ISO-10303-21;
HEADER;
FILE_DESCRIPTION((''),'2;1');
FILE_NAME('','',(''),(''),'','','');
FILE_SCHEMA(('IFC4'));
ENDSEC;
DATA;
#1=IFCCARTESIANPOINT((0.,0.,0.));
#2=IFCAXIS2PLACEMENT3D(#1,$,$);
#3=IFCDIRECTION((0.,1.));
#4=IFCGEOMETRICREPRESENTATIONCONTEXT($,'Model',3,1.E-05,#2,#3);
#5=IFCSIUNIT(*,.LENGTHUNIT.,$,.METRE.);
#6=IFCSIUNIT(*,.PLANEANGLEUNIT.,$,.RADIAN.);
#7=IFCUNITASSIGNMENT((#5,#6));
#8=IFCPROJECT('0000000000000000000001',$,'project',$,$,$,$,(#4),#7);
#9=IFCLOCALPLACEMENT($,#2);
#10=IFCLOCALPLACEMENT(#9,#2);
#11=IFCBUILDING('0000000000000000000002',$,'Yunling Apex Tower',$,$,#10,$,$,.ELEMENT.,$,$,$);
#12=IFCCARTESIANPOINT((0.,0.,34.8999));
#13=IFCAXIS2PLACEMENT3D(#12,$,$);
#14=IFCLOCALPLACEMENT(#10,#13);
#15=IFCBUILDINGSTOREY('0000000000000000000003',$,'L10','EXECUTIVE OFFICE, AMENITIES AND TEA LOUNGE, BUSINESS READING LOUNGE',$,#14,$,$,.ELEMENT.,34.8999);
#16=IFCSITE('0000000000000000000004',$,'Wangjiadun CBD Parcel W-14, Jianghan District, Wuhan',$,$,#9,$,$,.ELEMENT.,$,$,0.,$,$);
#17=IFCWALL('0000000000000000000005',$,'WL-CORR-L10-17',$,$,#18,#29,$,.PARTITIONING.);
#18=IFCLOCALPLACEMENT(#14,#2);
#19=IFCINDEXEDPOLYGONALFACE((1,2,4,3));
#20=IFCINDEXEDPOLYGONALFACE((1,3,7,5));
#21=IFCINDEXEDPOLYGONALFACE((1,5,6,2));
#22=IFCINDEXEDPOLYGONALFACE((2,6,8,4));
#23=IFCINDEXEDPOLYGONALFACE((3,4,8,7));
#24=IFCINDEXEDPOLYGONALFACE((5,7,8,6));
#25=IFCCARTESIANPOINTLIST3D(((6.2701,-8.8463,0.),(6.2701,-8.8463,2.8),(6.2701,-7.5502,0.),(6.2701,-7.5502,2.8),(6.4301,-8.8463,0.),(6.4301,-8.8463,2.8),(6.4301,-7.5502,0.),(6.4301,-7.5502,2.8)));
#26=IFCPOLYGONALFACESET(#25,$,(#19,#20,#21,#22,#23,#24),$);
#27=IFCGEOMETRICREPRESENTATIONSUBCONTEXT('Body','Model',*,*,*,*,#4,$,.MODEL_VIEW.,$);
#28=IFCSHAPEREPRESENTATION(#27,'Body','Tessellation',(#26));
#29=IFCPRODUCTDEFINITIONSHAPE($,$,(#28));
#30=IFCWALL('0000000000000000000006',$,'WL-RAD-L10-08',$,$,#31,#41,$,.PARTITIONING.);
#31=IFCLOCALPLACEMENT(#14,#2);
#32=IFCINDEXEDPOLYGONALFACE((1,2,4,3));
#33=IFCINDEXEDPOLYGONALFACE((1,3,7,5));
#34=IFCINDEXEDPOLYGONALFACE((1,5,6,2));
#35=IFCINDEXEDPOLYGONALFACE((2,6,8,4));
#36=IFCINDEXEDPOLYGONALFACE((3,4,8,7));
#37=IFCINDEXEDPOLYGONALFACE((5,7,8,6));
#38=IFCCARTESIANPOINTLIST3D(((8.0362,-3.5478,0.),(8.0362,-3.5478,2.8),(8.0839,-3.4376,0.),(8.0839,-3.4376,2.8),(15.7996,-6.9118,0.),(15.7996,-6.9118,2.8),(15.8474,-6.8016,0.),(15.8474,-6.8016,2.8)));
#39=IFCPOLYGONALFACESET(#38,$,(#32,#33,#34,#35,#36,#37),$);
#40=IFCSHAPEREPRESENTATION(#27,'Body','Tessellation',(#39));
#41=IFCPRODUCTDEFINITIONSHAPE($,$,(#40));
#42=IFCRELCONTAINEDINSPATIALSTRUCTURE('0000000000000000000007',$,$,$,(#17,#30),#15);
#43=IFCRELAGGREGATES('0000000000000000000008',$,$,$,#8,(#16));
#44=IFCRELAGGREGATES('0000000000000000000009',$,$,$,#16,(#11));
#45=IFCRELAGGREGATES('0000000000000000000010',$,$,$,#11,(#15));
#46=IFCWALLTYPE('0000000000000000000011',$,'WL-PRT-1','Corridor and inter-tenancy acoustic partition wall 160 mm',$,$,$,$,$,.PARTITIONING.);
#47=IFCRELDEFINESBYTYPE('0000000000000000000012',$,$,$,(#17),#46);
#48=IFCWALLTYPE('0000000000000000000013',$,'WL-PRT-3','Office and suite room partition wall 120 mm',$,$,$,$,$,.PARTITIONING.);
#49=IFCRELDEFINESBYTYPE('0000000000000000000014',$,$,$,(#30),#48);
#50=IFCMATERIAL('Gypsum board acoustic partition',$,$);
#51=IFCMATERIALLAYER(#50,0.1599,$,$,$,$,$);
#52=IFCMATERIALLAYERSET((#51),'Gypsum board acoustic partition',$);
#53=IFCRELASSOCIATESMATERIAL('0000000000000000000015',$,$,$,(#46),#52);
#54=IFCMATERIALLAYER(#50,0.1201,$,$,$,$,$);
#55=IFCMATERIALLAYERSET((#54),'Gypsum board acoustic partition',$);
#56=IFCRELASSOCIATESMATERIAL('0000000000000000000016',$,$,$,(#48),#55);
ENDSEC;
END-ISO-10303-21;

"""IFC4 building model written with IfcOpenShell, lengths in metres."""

from ifc_helpers import new_model, si_unit, direction, frame, frame_2d, origin, place, context, subcontext, project, spatial, rectangle, extrude, material, layer, layer_set, type_object, element, save


model = new_model("IFC4")

# Units and contexts
model_context = context("Model", 3, precision=1e-05, world=origin(), true_north=direction((0.0, 1.0)))
body_context = subcontext(model_context, "Body", "Model", "MODEL_VIEW")
ifc_project = project(units=[si_unit("LENGTHUNIT", "METRE"), si_unit("PLANEANGLEUNIT", "RADIAN")], contexts=[model_context])

# Site, building, storey
site_placement = place(None, origin())
site = spatial("IfcSite", under=ifc_project, at=site_placement, Name="Wangjiadun CBD Parcel W-14, Jianghan District, Wuhan", CompositionType="ELEMENT", RefElevation=0.0)
building_placement = place(site_placement, origin())
building = spatial("IfcBuilding", under=site, at=building_placement, Name="Yunling Apex Tower", CompositionType="ELEMENT")
storey_placement = place(building_placement, frame((0.0, 0.0, 34.8999)))
storey = spatial("IfcBuildingStorey", under=building, at=storey_placement, Name="L10", Description="EXECUTIVE OFFICE, AMENITIES AND TEA LOUNGE, BUSINESS READING LOUNGE", CompositionType="ELEMENT", Elevation=34.8999)

# Shared definitions
ifc_material_1 = material(Name="Gypsum board acoustic partition")
ifc_layer_1 = layer(ifc_material_1, 0.1599)
ifc_layer_set_1 = layer_set([ifc_layer_1], Name="Gypsum board acoustic partition")
wall_type_1 = type_object("IfcWallType", Name="WL-PRT-1", Description="Corridor and inter-tenancy acoustic partition wall 160 mm", PredefinedType="PARTITIONING", material=ifc_layer_set_1)

# Walls
wall_1_placement = place(storey_placement, frame((6.3501, -8.8462, 0.0), z_axis=(0.0, 0.0, 1.0), x_axis=(0.0, 1.0, 0.0)))
element("IfcWall", 1, at=wall_1_placement, inside=storey, type_object=wall_type_1, Name="WL-CORR-L10-17", PredefinedType="PARTITIONING", context=body_context, shape_type="SweptSolid", body=[
    extrude(rectangle(XDim=1.2961, YDim=0.1599, at=frame_2d((0.6479, 0.0))), origin(), (0.0, 0.0, 1.0), 2.8),
])
ifc_layer_2 = layer(ifc_material_1, 0.1201)
ifc_layer_set_2 = layer_set([ifc_layer_2], Name="Gypsum board acoustic partition")
wall_type_2 = type_object("IfcWallType", Name="WL-PRT-3", Description="Office and suite room partition wall 120 mm", PredefinedType="PARTITIONING", material=ifc_layer_set_2)
wall_2_placement = place(storey_placement, frame((8.0601, -3.4927, 0.0), z_axis=(0.0, 0.0, 1.0), x_axis=(0.917562, -0.397594, 0.0)))
element("IfcWall", 2, at=wall_2_placement, inside=storey, type_object=wall_type_2, Name="WL-RAD-L10-08", PredefinedType="PARTITIONING", context=body_context, shape_type="SweptSolid", body=[
    extrude(rectangle(XDim=8.4609, YDim=0.1201, at=frame_2d((4.2305, 0.0))), origin(), (0.0, 0.0, 1.0), 2.8),
])

save(model, "model.ifc")
